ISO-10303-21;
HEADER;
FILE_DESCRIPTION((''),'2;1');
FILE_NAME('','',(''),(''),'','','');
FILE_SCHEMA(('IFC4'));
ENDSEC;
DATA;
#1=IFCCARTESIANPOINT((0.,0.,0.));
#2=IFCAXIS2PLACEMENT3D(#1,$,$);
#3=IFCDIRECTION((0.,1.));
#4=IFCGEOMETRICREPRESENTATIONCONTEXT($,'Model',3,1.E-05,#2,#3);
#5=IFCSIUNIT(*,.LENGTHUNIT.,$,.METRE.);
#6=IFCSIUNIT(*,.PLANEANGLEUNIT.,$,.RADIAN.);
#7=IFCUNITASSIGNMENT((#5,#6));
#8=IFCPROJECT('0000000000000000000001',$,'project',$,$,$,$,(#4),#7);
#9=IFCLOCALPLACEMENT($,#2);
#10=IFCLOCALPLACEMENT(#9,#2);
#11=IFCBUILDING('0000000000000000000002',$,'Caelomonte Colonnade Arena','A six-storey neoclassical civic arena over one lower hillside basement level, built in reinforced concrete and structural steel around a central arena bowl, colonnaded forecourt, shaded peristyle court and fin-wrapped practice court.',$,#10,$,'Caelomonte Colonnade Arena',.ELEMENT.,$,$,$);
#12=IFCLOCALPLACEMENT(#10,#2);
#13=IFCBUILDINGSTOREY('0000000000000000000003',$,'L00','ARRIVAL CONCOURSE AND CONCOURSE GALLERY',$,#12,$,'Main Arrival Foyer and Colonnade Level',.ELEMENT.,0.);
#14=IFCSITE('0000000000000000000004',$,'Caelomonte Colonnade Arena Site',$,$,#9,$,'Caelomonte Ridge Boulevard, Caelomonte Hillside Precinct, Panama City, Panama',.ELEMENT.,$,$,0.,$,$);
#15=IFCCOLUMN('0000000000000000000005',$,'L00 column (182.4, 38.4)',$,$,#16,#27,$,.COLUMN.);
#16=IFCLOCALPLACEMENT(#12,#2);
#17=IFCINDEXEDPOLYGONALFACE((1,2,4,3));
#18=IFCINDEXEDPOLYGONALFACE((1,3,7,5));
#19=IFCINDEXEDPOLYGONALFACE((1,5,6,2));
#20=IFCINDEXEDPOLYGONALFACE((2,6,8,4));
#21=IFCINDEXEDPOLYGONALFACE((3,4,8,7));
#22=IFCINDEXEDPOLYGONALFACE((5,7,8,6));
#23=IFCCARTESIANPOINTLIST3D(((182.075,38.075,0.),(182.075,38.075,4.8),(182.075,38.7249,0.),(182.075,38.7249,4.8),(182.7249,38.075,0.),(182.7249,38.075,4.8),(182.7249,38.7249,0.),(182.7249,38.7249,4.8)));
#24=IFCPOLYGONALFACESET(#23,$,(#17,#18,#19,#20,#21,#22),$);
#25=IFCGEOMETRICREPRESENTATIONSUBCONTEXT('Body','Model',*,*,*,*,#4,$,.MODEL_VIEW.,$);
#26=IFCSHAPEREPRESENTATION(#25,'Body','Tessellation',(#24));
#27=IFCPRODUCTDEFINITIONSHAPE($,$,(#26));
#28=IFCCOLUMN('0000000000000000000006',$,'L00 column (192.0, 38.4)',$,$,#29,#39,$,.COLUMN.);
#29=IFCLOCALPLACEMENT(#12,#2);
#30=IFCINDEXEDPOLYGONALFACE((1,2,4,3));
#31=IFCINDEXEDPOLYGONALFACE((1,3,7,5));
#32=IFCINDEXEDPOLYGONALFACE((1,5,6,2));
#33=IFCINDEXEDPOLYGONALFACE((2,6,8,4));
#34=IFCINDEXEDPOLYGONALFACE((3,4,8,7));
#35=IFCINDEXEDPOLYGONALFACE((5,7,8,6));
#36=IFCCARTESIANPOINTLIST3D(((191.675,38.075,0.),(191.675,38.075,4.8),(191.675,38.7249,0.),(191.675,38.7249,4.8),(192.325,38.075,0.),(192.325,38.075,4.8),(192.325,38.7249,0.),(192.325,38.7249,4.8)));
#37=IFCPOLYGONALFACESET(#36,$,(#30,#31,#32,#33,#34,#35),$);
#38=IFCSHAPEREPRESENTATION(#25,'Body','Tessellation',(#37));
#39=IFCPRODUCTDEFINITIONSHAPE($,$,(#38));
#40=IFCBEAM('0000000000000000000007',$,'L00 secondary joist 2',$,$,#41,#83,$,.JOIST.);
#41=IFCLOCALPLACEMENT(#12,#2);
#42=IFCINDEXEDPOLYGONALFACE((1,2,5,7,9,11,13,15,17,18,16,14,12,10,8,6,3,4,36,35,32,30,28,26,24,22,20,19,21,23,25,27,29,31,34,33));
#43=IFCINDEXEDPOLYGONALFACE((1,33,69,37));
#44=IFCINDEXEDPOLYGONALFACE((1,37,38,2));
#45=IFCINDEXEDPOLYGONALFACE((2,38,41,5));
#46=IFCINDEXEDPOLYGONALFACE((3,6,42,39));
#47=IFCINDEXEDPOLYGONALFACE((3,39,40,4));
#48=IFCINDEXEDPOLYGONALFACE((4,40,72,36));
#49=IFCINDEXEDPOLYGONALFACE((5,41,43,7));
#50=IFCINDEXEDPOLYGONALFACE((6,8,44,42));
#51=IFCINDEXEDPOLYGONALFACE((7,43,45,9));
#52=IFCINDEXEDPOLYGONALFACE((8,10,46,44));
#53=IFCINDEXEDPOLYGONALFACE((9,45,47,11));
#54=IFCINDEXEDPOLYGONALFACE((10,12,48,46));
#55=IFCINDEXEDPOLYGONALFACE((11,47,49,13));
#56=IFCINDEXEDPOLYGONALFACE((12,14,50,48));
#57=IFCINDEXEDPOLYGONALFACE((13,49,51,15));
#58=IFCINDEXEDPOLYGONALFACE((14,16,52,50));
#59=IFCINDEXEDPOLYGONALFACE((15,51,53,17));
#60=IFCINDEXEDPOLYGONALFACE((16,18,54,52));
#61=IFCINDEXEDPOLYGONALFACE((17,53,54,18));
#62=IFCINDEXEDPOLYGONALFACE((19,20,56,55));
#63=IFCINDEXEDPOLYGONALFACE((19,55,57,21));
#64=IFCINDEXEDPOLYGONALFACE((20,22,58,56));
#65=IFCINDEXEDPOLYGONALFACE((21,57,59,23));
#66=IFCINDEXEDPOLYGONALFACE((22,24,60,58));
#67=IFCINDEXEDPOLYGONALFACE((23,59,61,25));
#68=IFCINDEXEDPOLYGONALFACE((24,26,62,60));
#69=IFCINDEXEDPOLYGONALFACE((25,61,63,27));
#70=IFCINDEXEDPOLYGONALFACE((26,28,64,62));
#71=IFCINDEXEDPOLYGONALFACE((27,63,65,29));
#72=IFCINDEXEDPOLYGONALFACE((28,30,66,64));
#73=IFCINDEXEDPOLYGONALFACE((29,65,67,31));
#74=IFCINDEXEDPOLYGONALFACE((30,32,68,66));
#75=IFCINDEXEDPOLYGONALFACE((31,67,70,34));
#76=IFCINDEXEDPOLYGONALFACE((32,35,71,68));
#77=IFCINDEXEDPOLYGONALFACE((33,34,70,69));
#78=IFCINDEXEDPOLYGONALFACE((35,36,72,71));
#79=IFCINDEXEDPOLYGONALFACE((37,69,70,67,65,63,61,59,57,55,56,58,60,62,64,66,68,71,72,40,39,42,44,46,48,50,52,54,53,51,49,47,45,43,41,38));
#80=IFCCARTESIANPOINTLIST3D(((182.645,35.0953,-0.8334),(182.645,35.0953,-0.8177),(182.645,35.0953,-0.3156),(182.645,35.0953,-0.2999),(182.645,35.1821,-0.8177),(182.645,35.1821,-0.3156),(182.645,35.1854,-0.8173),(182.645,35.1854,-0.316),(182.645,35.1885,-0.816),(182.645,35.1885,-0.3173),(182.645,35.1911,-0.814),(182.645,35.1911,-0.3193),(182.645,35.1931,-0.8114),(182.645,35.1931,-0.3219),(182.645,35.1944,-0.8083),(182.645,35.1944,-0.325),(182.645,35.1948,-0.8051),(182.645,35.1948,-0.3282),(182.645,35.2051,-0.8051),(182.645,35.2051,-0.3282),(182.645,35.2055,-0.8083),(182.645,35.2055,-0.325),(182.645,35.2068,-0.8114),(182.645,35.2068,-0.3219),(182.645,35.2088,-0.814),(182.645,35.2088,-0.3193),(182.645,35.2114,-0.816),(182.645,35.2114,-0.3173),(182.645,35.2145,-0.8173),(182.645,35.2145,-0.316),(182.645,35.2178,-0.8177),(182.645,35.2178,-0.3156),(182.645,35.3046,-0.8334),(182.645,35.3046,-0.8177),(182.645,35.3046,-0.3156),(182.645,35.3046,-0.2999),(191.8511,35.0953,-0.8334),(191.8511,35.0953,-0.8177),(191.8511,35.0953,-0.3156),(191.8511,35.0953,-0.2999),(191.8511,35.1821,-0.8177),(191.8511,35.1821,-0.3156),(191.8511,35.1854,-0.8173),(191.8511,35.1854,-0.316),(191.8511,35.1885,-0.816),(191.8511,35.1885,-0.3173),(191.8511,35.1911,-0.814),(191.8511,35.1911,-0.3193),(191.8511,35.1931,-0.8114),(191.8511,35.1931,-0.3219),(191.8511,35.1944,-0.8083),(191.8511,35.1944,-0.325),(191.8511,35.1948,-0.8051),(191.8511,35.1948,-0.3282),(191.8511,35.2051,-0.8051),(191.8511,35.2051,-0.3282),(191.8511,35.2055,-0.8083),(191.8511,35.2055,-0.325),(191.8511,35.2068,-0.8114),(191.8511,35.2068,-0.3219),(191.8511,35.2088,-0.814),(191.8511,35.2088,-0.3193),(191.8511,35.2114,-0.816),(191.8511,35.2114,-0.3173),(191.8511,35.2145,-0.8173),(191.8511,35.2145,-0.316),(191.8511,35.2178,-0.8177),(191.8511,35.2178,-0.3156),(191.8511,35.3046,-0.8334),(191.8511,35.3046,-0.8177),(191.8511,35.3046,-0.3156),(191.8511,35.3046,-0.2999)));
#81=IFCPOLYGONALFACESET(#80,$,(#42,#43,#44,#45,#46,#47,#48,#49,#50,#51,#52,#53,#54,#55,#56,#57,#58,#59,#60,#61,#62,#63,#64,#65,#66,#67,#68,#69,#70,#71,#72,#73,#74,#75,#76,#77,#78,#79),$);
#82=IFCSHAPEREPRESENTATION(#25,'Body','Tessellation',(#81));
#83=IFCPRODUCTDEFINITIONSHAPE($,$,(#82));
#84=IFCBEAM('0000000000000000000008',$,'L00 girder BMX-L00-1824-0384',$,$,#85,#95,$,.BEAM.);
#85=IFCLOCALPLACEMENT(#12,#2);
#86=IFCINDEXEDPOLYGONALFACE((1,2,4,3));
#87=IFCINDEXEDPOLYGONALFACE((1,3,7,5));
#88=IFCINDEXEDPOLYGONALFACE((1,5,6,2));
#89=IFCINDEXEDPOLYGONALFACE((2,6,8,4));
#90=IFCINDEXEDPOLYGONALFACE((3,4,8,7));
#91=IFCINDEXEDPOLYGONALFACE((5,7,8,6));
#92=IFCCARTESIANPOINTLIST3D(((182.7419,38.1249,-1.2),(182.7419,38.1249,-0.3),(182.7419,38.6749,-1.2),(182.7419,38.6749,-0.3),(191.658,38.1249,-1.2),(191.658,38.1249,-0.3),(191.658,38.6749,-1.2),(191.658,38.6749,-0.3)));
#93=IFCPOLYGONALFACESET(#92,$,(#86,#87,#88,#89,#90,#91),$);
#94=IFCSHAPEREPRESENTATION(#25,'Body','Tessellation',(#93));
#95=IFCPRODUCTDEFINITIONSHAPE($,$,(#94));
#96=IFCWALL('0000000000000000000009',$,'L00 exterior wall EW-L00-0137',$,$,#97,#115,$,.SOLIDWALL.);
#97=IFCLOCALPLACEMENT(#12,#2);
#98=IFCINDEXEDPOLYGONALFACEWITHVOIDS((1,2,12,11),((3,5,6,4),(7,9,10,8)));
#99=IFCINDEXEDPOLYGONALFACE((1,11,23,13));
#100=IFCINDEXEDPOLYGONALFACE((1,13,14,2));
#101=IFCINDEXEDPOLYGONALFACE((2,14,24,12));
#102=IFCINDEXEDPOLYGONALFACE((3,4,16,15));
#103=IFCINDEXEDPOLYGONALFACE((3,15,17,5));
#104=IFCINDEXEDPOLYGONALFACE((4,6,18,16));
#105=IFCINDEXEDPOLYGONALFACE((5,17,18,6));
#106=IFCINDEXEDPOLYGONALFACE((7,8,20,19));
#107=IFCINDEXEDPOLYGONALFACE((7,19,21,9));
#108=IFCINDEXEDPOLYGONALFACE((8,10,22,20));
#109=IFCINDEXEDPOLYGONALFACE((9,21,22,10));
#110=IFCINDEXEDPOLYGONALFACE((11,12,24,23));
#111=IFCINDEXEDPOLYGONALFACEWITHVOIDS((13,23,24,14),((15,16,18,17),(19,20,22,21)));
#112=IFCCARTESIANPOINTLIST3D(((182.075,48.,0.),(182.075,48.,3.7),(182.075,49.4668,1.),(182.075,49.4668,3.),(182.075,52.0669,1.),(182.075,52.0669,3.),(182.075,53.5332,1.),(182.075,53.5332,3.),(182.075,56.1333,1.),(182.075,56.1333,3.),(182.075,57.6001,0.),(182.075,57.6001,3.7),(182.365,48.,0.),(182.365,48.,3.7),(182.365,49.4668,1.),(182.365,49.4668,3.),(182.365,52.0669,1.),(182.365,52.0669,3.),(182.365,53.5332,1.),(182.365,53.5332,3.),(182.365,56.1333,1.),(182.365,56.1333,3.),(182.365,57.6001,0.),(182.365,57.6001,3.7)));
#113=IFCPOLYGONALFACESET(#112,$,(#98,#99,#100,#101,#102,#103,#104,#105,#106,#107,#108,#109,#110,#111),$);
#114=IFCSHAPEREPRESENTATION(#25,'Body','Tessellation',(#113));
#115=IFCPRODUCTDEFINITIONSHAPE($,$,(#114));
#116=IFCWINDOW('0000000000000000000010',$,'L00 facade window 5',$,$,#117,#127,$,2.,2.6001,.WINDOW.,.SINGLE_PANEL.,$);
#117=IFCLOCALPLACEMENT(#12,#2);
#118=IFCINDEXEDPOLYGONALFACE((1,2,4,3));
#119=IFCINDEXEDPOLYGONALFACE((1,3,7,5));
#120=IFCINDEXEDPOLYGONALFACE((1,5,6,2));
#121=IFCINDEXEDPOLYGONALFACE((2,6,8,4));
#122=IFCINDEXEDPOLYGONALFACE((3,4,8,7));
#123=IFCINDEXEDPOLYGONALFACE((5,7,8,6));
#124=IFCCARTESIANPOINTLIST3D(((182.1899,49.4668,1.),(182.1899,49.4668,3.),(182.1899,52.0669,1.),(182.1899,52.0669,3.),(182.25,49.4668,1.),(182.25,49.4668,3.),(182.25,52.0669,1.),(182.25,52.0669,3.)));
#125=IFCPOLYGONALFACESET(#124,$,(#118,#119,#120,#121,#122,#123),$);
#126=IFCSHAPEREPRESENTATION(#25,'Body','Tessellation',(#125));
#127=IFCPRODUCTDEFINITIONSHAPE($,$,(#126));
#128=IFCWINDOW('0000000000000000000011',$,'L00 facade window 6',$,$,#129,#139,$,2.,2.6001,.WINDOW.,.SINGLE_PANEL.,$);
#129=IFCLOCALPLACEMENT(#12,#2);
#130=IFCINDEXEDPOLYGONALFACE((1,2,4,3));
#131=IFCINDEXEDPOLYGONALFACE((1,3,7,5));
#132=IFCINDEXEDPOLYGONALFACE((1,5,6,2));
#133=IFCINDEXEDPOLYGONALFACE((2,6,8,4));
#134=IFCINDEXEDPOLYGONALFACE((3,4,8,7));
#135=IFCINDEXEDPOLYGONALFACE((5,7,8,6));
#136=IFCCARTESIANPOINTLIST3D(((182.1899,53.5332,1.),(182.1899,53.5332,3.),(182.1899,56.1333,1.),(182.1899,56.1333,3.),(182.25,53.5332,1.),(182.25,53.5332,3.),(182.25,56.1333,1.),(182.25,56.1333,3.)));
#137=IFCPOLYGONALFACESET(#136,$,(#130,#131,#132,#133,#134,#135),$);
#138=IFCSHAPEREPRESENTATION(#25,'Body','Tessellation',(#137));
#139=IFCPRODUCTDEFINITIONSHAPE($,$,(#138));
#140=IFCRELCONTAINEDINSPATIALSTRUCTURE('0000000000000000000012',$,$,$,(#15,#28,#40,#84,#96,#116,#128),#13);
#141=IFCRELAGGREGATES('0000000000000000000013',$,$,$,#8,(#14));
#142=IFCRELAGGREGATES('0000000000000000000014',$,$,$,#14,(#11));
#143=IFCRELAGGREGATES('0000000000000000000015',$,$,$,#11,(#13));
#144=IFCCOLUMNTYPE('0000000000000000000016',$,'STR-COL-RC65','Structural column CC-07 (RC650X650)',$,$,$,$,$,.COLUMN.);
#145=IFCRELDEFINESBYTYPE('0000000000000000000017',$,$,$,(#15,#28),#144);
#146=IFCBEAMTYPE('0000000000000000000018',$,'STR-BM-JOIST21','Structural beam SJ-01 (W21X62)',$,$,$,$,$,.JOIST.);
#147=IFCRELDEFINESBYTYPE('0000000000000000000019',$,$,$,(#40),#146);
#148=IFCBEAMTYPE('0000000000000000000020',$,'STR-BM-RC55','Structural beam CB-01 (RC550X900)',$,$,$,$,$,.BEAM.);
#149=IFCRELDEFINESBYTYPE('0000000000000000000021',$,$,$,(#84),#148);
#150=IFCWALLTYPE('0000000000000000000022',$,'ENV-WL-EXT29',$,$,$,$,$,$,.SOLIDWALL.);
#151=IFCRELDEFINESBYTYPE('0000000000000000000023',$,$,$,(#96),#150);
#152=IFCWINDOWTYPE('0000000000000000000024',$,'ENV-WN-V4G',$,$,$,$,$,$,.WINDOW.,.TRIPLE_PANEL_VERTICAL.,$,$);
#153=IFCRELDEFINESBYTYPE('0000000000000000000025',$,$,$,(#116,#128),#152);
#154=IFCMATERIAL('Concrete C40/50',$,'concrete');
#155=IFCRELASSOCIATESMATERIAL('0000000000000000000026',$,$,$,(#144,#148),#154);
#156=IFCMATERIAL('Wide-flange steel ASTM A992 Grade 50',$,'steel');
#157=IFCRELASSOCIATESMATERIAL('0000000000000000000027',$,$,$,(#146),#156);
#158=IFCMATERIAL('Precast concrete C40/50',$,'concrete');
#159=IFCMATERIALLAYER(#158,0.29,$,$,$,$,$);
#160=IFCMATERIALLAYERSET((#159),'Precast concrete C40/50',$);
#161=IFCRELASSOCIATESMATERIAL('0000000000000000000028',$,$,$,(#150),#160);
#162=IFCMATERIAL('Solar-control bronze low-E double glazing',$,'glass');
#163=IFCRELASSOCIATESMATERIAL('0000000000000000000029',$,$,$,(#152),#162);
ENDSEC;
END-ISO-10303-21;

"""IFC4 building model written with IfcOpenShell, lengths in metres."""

from ifc_helpers import new_model, si_unit, direction, frame, frame_2d, origin, origin_2d, place, context, subcontext, project, spatial, rectangle, i_section, extrude, material, layer, layer_set, material_profile, profile_set, type_object, element, fill, save


model = new_model("IFC4")

# Units and contexts
model_context = context("Model", 3, precision=1e-05, world=origin(), true_north=direction((0.0, 1.0)))
body_context = subcontext(model_context, "Body", "Model", "MODEL_VIEW")
ifc_project = project(units=[si_unit("LENGTHUNIT", "METRE"), si_unit("PLANEANGLEUNIT", "RADIAN")], contexts=[model_context])

# Site, building, storey
site_placement = place(None, origin())
site = spatial("IfcSite", under=ifc_project, at=site_placement, Name="Caelomonte Colonnade Arena Site", LongName="Caelomonte Ridge Boulevard, Caelomonte Hillside Precinct, Panama City, Panama", CompositionType="ELEMENT", RefElevation=0.0)
building_placement = place(site_placement, origin())
building = spatial("IfcBuilding", under=site, at=building_placement, Name="Caelomonte Colonnade Arena", Description="A six-storey neoclassical civic arena over one lower hillside basement level, built in reinforced concrete and structural steel around a central arena bowl, colonnaded forecourt, shaded peristyle court and fin-wrapped practice court.", LongName="Caelomonte Colonnade Arena", CompositionType="ELEMENT")
storey_placement = place(building_placement, origin())
storey = spatial("IfcBuildingStorey", under=building, at=storey_placement, Name="L00", Description="ARRIVAL CONCOURSE AND CONCOURSE GALLERY", LongName="Main Arrival Foyer and Colonnade Level", CompositionType="ELEMENT", Elevation=0.0)

# Columns
ifc_material_1 = material(Name="Concrete C40/50", Category="concrete")
ifc_material_profile_1 = material_profile(ifc_material_1, rectangle(XDim=0.6499, YDim=0.6499, at=origin_2d()), Name="RC650X650")
ifc_profile_set_1 = profile_set([ifc_material_profile_1], Name="Concrete C40/50")
column_type = type_object("IfcColumnType", Name="STR-COL-RC65", Description="Structural column CC-07 (RC650X650)", PredefinedType="COLUMN", material=ifc_profile_set_1)
for number, where, z_axis, x_axis, name in (
    (1, (182.3999, 38.3999, 0.0), (0.0, 0.0, 1.0), (1.0, 0.0, 0.0), "L00 column (182.4, 38.4)"),
    (2, (192.0, 38.3999, 0.0), (0.0, 0.0, 1.0), (1.0, 0.0, 0.0), "L00 column (192.0, 38.4)"),
):
    element("IfcColumn", number, at=place(storey_placement, frame(where, z_axis=z_axis, x_axis=x_axis)), inside=storey, type_object=column_type, Name=name, PredefinedType="COLUMN", context=body_context, shape_type="SweptSolid", body=[
        extrude(rectangle(XDim=0.6499, YDim=0.6499, at=origin_2d()), origin(), (0.0, 0.0, 1.0), 4.8),
    ])

# Beams
ifc_material_2 = material(Name="Wide-flange steel ASTM A992 Grade 50", Category="steel")
ifc_material_profile_2 = material_profile(ifc_material_2, i_section(OverallWidth=0.2092, OverallDepth=0.5334, WebThickness=0.0103, FlangeThickness=0.0156, FilletRadius=0.0127, at=origin_2d()), Name="W21X62")
ifc_profile_set_2 = profile_set([ifc_material_profile_2], Name="Wide-flange steel ASTM A992 Grade 50")
beam_type_1 = type_object("IfcBeamType", Name="STR-BM-JOIST21", Description="Structural beam SJ-01 (W21X62)", PredefinedType="JOIST", material=ifc_profile_set_2)
beam_1_placement = place(storey_placement, frame((182.645, 35.2, -0.5667), z_axis=(1.0, 0.0, 0.0), x_axis=(0.0, 1.0, 0.0)))
element("IfcBeam", 3, at=beam_1_placement, inside=storey, type_object=beam_type_1, Name="L00 secondary joist 2", PredefinedType="JOIST", context=body_context, shape_type="SweptSolid", body=[
    extrude(i_section(OverallWidth=0.2092, OverallDepth=0.5334, WebThickness=0.0103, FlangeThickness=0.0156, FilletRadius=0.0127, at=origin_2d()), origin(), (0.0, 0.0, 1.0), 9.2061),
])
ifc_material_profile_3 = material_profile(ifc_material_1, rectangle(XDim=0.55, YDim=0.8999, at=origin_2d()), Name="RC550X900")
ifc_profile_set_3 = profile_set([ifc_material_profile_3], Name="Concrete C40/50")
beam_type_2 = type_object("IfcBeamType", Name="STR-BM-RC55", Description="Structural beam CB-01 (RC550X900)", PredefinedType="BEAM", material=ifc_profile_set_3)
beam_2_placement = place(storey_placement, frame((182.7419, 38.3999, -0.75), z_axis=(1.0, 0.0, 0.0), x_axis=(0.0, 1.0, 0.0)))
element("IfcBeam", 4, at=beam_2_placement, inside=storey, type_object=beam_type_2, Name="L00 girder BMX-L00-1824-0384", PredefinedType="BEAM", context=body_context, shape_type="SweptSolid", body=[
    extrude(rectangle(XDim=0.55, YDim=0.8999, at=origin_2d()), origin(), (0.0, 0.0, 1.0), 8.916),
])

# Wall, openings, windows
ifc_material_3 = material(Name="Precast concrete C40/50", Category="concrete")
ifc_layer_1 = layer(ifc_material_3, 0.29)
ifc_layer_set_1 = layer_set([ifc_layer_1], Name="Precast concrete C40/50")
wall_type_1 = type_object("IfcWallType", Name="ENV-WL-EXT29", PredefinedType="SOLIDWALL", material=ifc_layer_set_1)
wall_1_placement = place(storey_placement, frame((182.22, 48.0, 0.0), z_axis=(0.0, 0.0, 1.0), x_axis=(0.0, 1.0, 0.0)))
wall_1 = element("IfcWall", 5, at=wall_1_placement, inside=storey, type_object=wall_type_1, Name="L00 exterior wall EW-L00-0137", PredefinedType="SOLIDWALL", context=body_context, shape_type="SweptSolid", body=[
    extrude(rectangle(XDim=9.6001, YDim=0.29, at=frame_2d((4.8, 0.0))), origin(), (0.0, 0.0, 1.0), 3.7),
])
opening_1_placement = place(wall_1_placement, frame((4.0669, 0.0, 1.0), z_axis=(0.0, 0.0, 1.0), x_axis=(-1.0, 0.0, 0.0)))
opening_1 = element("IfcOpeningElement", 6, at=opening_1_placement, cuts=wall_1, PredefinedType="OPENING", context=body_context, shape_type="SweptSolid", body=[
    extrude(rectangle(XDim=2.6001, YDim=2.0, at=frame_2d((1.3, 1.0))), frame((0.0, 0.155, 0.0), z_axis=(0.0, -1.0, 0.0), x_axis=(1.0, 0.0, 0.0)), (0.0, 0.0, 1.0), 0.3101),
])
opening_2_placement = place(wall_1_placement, frame((8.1333, 0.0, 1.0), z_axis=(0.0, 0.0, 1.0), x_axis=(-1.0, 0.0, 0.0)))
opening_2 = element("IfcOpeningElement", 7, at=opening_2_placement, cuts=wall_1, PredefinedType="OPENING", context=body_context, shape_type="SweptSolid", body=[
    extrude(rectangle(XDim=2.6001, YDim=2.0, at=frame_2d((1.3, 1.0))), frame((0.0, 0.155, 0.0), z_axis=(0.0, -1.0, 0.0), x_axis=(1.0, 0.0, 0.0)), (0.0, 0.0, 1.0), 0.3101),
])
ifc_material_4 = material(Name="Solar-control bronze low-E double glazing", Category="glass")
window_type_1 = type_object("IfcWindowType", Name="ENV-WN-V4G", PartitioningType="TRIPLE_PANEL_VERTICAL", PredefinedType="WINDOW", material=ifc_material_4)
window_1_placement = place(opening_1_placement, origin())
window_1 = element("IfcWindow", 8, at=window_1_placement, inside=storey, type_object=window_type_1, Name="L00 facade window 5", OverallHeight=2.0, OverallWidth=2.6001, PartitioningType="SINGLE_PANEL", PredefinedType="WINDOW", context=body_context, shape_type="SweptSolid", body=[
    extrude(rectangle(XDim=2.6001, YDim=2.0, at=frame_2d((1.3, 1.0))), frame((0.0, 0.03, 0.0), z_axis=(0.0, -1.0, 0.0), x_axis=(1.0, 0.0, 0.0)), (0.0, 0.0, 1.0), 0.0601),
])
fill(opening_1, window_1)
window_2_placement = place(opening_2_placement, origin())
window_2 = element("IfcWindow", 9, at=window_2_placement, inside=storey, type_object=window_type_1, Name="L00 facade window 6", OverallHeight=2.0, OverallWidth=2.6001, PartitioningType="SINGLE_PANEL", PredefinedType="WINDOW", context=body_context, shape_type="SweptSolid", body=[
    extrude(rectangle(XDim=2.6001, YDim=2.0, at=frame_2d((1.3, 1.0))), frame((0.0, 0.03, 0.0), z_axis=(0.0, -1.0, 0.0), x_axis=(1.0, 0.0, 0.0)), (0.0, 0.0, 1.0), 0.0601),
])
fill(opening_2, window_2)

save(model, "model.ifc")
